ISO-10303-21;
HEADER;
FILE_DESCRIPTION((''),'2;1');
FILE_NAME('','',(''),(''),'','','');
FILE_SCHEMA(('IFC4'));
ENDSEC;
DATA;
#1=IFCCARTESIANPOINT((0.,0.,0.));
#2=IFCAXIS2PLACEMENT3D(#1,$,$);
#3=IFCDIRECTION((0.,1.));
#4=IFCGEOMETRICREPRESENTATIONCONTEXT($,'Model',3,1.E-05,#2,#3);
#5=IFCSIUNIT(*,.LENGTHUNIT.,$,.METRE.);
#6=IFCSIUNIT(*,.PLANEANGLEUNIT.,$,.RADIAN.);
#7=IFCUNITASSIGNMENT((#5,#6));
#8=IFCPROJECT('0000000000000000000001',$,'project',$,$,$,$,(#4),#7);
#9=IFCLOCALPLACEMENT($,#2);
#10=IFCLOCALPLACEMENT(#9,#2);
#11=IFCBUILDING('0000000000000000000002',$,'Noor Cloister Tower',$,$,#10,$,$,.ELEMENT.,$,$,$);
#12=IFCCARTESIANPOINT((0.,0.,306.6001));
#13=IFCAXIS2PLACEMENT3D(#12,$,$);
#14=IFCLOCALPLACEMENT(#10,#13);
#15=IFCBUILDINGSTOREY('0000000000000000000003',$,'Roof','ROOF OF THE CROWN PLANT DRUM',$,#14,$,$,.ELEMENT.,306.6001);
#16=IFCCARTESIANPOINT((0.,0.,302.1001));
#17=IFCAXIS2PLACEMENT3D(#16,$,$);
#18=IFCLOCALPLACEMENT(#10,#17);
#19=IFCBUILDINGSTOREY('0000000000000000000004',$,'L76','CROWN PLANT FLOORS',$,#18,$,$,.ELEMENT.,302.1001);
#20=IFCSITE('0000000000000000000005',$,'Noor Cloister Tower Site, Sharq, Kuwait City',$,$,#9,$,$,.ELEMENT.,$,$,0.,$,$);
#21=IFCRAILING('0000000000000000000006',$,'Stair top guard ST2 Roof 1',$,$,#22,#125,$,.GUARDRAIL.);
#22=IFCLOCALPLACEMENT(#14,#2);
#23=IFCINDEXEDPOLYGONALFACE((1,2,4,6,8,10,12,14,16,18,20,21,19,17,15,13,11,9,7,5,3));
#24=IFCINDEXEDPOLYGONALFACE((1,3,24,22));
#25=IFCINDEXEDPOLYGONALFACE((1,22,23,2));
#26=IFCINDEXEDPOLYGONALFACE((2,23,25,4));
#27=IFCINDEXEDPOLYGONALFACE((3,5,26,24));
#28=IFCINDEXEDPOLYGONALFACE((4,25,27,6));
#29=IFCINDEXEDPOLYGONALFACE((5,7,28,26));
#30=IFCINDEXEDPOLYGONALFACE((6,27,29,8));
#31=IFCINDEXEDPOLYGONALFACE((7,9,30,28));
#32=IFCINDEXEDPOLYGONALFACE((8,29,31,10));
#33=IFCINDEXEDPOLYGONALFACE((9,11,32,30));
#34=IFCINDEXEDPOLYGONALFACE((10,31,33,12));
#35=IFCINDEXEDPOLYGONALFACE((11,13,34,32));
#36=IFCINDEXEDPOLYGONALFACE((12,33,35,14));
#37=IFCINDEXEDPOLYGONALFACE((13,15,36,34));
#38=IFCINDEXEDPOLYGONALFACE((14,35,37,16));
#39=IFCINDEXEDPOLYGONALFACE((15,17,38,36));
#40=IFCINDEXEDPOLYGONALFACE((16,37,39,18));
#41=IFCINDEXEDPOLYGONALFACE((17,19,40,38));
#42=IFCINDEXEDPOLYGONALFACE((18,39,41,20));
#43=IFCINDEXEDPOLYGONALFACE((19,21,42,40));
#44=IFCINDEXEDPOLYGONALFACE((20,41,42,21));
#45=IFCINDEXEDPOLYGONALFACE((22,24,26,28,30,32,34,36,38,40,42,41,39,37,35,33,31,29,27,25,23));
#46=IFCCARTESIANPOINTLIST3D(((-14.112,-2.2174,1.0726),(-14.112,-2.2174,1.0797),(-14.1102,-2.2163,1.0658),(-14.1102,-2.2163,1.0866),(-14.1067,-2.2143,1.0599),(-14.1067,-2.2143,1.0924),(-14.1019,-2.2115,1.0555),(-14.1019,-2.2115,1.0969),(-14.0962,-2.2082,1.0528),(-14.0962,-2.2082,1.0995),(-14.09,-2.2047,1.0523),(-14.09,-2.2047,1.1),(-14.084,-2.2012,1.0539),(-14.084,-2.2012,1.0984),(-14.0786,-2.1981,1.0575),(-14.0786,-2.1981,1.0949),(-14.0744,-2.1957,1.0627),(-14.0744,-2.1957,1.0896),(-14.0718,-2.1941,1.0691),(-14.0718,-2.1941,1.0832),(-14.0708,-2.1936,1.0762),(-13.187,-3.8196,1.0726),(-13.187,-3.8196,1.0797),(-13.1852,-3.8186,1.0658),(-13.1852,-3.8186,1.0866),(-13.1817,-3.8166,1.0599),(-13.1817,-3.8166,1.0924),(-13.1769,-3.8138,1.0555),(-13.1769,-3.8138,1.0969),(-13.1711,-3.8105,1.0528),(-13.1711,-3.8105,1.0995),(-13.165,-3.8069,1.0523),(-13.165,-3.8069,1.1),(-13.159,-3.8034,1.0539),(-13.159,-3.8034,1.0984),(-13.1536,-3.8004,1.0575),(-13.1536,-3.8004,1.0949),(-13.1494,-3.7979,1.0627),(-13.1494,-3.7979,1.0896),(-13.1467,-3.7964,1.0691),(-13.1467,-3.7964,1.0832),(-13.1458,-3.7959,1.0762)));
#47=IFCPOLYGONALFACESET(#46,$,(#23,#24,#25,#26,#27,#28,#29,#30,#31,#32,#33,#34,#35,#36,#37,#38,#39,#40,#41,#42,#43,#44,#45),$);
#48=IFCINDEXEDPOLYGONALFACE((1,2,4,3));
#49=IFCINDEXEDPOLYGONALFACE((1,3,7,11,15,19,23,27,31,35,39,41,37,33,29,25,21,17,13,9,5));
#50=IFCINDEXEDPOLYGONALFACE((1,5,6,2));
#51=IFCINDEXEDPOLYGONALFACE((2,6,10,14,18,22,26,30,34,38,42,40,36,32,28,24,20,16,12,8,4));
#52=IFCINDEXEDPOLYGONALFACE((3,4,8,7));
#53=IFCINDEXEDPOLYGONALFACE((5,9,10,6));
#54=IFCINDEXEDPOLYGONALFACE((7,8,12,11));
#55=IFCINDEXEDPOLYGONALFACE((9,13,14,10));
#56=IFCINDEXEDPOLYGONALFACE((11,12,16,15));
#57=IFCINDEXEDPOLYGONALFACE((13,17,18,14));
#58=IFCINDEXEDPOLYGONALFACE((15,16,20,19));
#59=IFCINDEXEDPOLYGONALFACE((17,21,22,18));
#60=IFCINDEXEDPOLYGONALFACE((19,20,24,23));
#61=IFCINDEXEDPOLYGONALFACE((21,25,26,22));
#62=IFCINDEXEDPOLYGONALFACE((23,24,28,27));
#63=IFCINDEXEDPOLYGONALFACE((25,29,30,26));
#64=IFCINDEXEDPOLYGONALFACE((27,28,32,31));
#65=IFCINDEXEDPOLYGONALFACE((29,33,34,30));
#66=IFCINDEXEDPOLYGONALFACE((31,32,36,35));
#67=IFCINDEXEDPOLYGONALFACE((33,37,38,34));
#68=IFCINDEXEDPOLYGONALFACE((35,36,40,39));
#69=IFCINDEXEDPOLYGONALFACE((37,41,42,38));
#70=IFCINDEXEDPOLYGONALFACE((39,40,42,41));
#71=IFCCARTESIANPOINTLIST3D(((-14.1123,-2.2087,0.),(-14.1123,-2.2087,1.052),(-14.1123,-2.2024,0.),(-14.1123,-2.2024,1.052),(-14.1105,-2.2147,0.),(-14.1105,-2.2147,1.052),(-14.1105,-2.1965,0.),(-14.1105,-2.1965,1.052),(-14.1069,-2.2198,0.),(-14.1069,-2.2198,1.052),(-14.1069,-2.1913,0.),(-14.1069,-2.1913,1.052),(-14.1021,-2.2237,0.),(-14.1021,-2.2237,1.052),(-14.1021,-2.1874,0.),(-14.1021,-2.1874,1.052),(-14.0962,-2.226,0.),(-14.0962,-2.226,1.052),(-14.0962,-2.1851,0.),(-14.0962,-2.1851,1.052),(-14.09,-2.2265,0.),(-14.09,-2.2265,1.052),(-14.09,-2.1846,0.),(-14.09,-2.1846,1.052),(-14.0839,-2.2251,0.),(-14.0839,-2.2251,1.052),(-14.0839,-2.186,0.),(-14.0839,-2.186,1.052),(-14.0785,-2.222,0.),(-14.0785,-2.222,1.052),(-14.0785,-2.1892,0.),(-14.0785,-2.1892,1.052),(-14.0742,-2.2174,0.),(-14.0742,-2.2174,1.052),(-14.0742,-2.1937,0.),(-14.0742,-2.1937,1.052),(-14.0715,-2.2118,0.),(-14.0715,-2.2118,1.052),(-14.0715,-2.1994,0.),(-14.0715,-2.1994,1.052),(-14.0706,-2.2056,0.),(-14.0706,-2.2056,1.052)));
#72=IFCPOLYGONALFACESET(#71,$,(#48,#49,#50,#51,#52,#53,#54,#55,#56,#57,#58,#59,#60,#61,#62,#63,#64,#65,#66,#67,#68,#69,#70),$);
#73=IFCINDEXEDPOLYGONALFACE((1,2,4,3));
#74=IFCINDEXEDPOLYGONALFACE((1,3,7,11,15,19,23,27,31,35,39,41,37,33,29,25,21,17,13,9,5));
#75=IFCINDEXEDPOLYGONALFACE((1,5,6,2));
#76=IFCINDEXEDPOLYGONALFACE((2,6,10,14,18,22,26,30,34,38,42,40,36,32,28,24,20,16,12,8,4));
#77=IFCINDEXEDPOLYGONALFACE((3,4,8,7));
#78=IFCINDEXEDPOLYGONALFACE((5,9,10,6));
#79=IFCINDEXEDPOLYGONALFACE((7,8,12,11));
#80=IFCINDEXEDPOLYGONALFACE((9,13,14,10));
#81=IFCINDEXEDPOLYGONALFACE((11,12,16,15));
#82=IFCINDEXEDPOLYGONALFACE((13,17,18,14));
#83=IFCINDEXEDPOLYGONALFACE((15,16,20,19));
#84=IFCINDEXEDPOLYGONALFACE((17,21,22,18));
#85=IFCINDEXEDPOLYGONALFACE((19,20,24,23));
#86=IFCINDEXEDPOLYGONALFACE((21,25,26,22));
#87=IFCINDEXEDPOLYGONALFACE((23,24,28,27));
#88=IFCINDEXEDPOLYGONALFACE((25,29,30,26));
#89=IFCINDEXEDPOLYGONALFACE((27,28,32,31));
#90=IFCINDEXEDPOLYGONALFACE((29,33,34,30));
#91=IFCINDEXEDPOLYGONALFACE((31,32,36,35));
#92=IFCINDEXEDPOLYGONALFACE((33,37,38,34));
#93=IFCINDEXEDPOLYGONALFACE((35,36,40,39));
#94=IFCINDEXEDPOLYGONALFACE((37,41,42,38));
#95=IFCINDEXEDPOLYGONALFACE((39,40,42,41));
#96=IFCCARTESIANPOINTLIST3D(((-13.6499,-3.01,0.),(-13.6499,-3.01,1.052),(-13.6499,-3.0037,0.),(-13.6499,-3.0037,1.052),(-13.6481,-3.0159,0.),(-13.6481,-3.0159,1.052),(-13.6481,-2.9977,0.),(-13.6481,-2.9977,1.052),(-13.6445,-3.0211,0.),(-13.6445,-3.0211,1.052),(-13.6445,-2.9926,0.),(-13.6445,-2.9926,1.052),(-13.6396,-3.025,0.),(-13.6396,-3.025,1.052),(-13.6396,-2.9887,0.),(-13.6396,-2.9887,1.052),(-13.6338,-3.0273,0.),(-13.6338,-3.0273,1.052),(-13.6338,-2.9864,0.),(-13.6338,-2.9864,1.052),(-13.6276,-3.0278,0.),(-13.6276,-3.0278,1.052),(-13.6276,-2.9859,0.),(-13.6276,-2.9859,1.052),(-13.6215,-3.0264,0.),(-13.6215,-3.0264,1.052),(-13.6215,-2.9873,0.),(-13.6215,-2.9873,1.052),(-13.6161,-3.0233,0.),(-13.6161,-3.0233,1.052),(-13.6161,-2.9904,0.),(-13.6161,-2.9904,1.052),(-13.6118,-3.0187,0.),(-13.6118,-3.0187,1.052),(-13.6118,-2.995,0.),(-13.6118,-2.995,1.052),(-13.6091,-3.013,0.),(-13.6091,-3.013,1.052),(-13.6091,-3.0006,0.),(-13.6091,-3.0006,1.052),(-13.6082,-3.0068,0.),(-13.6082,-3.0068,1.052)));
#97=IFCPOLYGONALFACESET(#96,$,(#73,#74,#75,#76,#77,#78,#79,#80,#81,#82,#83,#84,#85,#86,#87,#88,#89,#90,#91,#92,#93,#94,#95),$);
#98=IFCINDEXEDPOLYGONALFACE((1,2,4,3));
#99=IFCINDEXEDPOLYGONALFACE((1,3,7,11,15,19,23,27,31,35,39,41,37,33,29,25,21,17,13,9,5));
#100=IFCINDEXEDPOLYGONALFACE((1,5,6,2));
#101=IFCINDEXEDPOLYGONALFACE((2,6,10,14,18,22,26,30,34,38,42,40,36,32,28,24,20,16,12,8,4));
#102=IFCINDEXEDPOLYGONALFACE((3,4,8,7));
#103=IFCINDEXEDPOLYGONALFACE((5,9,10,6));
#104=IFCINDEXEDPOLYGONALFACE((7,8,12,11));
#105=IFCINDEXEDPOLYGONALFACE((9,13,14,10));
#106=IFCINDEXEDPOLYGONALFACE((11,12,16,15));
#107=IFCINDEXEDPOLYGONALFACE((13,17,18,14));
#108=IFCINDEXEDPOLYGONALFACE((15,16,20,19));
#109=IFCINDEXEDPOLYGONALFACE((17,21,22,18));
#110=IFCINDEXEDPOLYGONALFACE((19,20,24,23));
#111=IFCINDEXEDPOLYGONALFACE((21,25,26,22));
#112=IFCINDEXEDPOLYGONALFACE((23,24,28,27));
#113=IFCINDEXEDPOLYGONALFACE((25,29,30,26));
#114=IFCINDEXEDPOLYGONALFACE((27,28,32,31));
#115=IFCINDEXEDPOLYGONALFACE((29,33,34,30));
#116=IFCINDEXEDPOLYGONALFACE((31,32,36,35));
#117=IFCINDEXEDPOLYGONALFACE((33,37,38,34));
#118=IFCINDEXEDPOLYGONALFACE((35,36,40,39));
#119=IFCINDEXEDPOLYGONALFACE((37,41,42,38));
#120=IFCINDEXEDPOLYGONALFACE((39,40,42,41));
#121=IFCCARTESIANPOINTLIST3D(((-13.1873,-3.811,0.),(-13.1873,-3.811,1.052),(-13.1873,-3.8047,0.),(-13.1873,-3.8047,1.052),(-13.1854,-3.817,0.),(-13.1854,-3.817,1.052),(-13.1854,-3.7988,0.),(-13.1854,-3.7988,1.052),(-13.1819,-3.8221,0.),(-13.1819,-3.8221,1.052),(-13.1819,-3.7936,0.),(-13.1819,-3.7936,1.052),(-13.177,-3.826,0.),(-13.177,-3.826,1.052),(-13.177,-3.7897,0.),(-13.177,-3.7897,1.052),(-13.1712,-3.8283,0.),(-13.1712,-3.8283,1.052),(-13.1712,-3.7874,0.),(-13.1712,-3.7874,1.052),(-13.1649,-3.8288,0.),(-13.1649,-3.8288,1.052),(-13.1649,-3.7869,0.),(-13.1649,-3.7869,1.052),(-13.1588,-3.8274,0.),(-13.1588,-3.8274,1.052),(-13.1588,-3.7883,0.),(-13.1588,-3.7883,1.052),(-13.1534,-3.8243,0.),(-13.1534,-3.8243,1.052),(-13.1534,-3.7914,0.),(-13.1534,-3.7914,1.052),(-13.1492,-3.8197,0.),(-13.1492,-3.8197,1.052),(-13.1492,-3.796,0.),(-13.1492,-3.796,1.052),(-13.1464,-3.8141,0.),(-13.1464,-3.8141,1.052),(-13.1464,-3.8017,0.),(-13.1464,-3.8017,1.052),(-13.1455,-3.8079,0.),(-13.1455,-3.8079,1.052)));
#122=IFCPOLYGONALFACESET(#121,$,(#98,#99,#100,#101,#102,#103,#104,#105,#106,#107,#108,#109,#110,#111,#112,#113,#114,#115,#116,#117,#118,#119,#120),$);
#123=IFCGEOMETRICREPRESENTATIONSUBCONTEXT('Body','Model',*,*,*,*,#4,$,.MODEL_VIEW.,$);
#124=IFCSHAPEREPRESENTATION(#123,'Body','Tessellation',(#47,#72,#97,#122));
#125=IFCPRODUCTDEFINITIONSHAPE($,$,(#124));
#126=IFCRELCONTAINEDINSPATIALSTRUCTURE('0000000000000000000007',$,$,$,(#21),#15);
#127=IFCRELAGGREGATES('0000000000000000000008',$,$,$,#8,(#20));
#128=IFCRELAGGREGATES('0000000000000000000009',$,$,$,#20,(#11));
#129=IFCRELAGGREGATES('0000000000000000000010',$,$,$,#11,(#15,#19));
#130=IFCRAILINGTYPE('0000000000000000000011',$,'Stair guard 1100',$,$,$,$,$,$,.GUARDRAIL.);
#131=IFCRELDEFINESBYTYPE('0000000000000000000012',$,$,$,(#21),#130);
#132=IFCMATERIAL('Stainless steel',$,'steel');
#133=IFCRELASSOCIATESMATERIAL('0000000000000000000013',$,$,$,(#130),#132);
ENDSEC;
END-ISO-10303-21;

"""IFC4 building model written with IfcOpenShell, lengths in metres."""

from ifc_helpers import new_model, si_unit, direction, frame, origin, origin_2d, place, context, subcontext, project, spatial, circle, extrude, material, type_object, element, save


model = new_model("IFC4")

# Units and contexts
model_context = context("Model", 3, precision=1e-05, world=origin(), true_north=direction((0.0, 1.0)))
body_context = subcontext(model_context, "Body", "Model", "MODEL_VIEW")
ifc_project = project(units=[si_unit("LENGTHUNIT", "METRE"), si_unit("PLANEANGLEUNIT", "RADIAN")], contexts=[model_context])

# Site, building, storey
site_placement = place(None, origin())
site = spatial("IfcSite", under=ifc_project, at=site_placement, Name="Noor Cloister Tower Site, Sharq, Kuwait City", CompositionType="ELEMENT", RefElevation=0.0)
building_placement = place(site_placement, origin())
building = spatial("IfcBuilding", under=site, at=building_placement, Name="Noor Cloister Tower", CompositionType="ELEMENT")
storey_1_placement = place(building_placement, frame((0.0, 0.0, 306.6001)))
storey_1 = spatial("IfcBuildingStorey", under=building, at=storey_1_placement, Name="Roof", Description="ROOF OF THE CROWN PLANT DRUM", CompositionType="ELEMENT", Elevation=306.6001)

# Shared definitions
storey_2_placement = place(building_placement, frame((0.0, 0.0, 302.1001)))
storey_2 = spatial("IfcBuildingStorey", under=building, at=storey_2_placement, Name="L76", Description="CROWN PLANT FLOORS", CompositionType="ELEMENT", Elevation=302.1001)

# Railing
ifc_material_1 = material(Name="Stainless steel", Category="steel")
railing_type = type_object("IfcRailingType", Name="Stair guard 1100", PredefinedType="GUARDRAIL", material=ifc_material_1)
railing_placement = place(storey_1_placement, frame((-14.0916, -2.2056, 0.0)))
element("IfcRailing", 1, at=railing_placement, inside=storey_1, type_object=railing_type, Name="Stair top guard ST2 Roof 1", PredefinedType="GUARDRAIL", context=body_context, shape_type="SweptSolid", body=[
    extrude(circle(Radius=0.0239, at=origin_2d()), frame((0.0, 0.0, 1.0762), z_axis=(0.499985, -0.866034, 0.0), x_axis=(0.866034, 0.499985, 0.0)), (0.0, 0.0, 1.0), 1.8501),
    extrude(circle(Radius=0.021, at=origin_2d()), origin(), (0.0, 0.0, 1.0), 1.052),
    extrude(circle(Radius=0.021, at=origin_2d()), frame((0.4624, -0.8013, 0.0)), (0.0, 0.0, 1.0), 1.052),
    extrude(circle(Radius=0.021, at=origin_2d()), frame((0.925, -1.6023, 0.0)), (0.0, 0.0, 1.0), 1.052),
])

save(model, "model.ifc")
